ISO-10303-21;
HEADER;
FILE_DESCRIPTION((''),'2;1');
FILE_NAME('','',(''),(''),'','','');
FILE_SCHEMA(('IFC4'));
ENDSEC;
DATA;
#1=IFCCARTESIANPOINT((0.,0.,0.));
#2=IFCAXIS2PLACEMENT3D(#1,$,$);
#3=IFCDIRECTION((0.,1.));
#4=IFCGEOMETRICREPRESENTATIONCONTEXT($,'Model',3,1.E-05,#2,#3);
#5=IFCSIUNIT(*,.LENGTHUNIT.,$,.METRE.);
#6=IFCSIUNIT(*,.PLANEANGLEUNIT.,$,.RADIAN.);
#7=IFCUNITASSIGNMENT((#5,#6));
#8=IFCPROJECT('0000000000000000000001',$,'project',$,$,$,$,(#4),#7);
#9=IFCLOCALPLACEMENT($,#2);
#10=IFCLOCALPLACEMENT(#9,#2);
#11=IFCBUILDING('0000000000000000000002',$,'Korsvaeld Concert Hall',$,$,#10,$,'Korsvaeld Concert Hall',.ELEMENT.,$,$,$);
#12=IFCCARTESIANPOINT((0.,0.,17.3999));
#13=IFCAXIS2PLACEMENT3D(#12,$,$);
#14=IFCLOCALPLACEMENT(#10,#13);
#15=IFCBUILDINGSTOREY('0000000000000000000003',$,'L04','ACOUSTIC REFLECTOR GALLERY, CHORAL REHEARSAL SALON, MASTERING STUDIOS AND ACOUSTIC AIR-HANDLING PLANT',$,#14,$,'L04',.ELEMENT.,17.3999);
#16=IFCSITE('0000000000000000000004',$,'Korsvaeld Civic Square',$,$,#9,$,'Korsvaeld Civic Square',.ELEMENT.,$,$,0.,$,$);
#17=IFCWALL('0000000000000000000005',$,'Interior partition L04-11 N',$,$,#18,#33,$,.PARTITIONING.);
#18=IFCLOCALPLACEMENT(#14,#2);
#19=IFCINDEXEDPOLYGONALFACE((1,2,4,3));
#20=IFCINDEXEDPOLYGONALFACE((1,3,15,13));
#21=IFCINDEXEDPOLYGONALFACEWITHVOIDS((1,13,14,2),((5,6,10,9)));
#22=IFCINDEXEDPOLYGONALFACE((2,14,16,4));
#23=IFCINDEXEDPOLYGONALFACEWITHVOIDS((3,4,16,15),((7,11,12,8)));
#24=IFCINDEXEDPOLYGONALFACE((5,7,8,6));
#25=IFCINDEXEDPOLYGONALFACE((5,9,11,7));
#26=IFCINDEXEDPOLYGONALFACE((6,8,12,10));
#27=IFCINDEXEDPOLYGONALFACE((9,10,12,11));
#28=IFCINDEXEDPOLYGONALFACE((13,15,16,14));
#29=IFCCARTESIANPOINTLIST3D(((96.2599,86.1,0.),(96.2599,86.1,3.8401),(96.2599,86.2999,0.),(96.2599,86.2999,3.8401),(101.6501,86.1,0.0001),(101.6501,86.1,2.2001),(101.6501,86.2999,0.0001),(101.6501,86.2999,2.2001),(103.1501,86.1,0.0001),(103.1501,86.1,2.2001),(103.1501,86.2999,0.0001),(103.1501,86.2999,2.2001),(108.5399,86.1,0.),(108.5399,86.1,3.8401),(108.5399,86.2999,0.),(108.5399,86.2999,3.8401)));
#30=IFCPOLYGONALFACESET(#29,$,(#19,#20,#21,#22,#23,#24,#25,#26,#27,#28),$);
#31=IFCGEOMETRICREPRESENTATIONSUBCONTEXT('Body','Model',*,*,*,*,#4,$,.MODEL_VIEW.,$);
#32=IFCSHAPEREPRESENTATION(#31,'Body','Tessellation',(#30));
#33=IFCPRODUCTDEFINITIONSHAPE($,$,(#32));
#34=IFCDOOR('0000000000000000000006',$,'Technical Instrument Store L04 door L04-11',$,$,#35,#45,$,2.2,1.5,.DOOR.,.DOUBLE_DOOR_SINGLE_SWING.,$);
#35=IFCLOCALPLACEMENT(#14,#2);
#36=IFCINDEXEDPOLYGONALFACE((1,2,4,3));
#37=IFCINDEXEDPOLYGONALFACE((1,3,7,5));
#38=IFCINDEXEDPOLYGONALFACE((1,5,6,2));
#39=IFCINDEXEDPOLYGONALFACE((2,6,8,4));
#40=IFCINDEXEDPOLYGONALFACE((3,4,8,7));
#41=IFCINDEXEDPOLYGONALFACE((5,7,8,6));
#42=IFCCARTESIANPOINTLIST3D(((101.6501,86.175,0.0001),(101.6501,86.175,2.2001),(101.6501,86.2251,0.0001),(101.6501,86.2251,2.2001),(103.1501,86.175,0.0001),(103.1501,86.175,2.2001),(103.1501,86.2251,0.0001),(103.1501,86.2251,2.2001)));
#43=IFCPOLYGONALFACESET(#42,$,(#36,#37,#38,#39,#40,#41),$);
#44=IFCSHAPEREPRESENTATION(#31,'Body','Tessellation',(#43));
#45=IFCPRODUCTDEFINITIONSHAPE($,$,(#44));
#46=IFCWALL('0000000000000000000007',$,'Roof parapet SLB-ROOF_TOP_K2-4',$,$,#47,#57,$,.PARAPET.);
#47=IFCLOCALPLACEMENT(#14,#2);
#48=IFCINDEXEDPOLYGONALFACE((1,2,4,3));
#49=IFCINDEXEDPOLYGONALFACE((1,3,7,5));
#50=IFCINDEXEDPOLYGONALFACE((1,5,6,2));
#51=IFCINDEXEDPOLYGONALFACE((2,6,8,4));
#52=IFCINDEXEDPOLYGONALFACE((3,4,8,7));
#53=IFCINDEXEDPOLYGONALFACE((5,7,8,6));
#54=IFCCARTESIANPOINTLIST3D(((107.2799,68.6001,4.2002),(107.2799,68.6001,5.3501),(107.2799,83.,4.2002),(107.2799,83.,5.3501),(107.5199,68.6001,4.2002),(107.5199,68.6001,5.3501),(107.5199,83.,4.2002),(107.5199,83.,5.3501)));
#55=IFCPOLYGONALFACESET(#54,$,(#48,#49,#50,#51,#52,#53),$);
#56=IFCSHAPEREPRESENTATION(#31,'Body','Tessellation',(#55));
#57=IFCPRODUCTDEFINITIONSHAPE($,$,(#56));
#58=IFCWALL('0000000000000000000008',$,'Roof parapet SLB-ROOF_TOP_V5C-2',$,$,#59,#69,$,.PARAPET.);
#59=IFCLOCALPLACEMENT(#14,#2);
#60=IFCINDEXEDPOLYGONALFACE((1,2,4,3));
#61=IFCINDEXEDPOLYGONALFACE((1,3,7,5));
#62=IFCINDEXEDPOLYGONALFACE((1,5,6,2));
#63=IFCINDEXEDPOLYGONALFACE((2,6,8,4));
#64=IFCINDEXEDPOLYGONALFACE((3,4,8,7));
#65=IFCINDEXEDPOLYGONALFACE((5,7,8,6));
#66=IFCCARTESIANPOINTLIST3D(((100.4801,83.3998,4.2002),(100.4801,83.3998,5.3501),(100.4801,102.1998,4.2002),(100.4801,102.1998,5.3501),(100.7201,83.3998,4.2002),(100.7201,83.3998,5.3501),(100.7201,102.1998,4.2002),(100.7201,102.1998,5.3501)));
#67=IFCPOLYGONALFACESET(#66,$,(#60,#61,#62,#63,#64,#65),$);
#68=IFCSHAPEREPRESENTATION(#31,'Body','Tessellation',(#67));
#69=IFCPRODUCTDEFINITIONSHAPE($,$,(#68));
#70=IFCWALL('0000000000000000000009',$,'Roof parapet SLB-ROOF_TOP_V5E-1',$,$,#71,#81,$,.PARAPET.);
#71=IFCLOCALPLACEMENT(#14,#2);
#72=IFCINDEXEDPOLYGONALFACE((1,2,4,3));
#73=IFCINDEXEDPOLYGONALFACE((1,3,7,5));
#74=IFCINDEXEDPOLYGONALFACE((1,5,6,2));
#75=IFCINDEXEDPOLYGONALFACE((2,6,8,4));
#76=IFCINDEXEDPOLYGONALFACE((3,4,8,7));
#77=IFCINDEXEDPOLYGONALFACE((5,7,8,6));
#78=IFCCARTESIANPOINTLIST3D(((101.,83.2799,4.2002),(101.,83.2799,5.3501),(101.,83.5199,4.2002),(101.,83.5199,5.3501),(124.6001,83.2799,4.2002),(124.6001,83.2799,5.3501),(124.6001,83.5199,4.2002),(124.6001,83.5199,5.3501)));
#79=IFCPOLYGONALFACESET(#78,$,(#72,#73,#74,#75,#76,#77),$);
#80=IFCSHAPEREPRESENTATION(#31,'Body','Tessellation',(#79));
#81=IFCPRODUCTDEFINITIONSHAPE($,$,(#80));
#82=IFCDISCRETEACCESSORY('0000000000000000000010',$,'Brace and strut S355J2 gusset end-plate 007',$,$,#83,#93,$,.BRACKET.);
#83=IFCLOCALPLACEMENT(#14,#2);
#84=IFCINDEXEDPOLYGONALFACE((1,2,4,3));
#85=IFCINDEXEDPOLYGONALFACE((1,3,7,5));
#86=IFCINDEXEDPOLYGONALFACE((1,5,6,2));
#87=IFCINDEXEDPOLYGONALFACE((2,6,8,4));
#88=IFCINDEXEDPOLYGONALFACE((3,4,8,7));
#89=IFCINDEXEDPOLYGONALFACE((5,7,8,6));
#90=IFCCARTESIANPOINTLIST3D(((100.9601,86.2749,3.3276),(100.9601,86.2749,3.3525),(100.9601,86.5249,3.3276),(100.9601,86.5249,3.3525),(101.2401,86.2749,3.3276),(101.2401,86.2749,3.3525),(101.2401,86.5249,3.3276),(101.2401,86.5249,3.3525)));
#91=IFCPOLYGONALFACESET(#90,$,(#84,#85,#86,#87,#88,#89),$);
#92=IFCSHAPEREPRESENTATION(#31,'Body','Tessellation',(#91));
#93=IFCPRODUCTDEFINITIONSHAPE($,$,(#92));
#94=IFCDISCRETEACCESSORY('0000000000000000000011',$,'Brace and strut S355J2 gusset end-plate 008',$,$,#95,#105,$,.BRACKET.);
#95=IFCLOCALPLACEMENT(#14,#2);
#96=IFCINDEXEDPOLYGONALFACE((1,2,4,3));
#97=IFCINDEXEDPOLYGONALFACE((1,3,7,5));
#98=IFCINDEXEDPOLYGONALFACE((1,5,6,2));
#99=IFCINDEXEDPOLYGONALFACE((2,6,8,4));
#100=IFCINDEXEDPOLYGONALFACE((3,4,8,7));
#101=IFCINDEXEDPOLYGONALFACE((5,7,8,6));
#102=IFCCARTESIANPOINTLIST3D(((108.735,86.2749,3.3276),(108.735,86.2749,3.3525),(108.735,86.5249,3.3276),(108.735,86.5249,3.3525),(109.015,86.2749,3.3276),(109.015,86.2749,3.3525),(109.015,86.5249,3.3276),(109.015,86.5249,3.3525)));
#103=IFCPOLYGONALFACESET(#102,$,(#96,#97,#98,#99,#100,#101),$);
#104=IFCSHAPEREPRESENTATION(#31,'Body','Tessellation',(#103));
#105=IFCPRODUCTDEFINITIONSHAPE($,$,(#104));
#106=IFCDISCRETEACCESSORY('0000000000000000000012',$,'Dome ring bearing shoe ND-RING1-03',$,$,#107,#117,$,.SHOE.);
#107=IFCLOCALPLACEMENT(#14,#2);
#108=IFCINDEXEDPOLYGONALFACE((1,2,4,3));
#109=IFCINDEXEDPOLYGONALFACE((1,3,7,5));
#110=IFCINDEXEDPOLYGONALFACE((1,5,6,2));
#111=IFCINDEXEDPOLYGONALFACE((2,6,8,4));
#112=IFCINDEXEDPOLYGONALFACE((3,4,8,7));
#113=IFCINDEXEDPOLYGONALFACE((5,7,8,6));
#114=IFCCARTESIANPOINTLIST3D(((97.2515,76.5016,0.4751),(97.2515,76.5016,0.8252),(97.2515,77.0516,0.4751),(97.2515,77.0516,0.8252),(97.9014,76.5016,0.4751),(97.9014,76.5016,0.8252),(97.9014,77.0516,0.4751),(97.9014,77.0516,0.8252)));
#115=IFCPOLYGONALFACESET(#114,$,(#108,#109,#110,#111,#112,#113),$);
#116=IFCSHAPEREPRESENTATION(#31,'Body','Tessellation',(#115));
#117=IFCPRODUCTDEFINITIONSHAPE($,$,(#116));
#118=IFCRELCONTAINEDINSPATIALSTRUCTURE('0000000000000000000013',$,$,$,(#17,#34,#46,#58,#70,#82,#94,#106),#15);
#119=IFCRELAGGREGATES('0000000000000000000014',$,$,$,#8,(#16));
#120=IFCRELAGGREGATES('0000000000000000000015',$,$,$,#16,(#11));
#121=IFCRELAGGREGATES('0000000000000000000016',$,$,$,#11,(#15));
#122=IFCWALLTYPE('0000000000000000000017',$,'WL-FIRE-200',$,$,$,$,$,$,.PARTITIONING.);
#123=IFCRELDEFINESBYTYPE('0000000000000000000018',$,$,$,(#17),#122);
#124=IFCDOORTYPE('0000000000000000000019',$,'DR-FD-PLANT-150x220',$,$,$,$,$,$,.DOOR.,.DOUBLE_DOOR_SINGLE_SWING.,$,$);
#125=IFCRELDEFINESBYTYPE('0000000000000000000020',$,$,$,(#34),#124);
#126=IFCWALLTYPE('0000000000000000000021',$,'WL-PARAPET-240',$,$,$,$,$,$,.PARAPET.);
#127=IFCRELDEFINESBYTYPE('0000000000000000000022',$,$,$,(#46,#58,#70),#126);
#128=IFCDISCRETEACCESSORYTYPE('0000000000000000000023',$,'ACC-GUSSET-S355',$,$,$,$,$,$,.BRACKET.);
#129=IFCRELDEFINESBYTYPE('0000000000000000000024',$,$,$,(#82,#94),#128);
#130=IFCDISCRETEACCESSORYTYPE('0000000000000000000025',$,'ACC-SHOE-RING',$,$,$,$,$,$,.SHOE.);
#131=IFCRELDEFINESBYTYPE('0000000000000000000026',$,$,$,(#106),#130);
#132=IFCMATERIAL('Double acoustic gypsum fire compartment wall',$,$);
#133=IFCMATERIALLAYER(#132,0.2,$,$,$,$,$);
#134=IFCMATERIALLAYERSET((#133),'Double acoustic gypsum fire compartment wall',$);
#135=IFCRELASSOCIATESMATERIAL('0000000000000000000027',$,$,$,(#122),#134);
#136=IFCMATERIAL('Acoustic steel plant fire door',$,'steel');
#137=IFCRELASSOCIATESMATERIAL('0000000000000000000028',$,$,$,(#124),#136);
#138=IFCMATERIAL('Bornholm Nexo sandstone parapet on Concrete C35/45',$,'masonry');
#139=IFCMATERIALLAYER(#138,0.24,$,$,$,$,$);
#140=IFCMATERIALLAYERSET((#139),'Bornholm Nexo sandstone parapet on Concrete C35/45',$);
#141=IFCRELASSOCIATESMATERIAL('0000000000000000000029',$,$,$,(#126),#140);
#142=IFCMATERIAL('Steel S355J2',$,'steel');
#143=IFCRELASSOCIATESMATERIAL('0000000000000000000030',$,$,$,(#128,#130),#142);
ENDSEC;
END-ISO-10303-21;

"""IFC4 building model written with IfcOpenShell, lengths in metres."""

from ifc_helpers import new_model, si_unit, direction, frame, frame_2d, origin, origin_2d, place, context, subcontext, project, spatial, rectangle, extrude, material, layer, layer_set, type_object, element, fill, save


model = new_model("IFC4")

# Units and contexts
model_context = context("Model", 3, precision=1e-05, world=origin(), true_north=direction((0.0, 1.0)))
body_context = subcontext(model_context, "Body", "Model", "MODEL_VIEW")
ifc_project = project(units=[si_unit("LENGTHUNIT", "METRE"), si_unit("PLANEANGLEUNIT", "RADIAN")], contexts=[model_context])

# Site, building, storey
site_placement = place(None, origin())
site = spatial("IfcSite", under=ifc_project, at=site_placement, Name="Korsvaeld Civic Square", LongName="Korsvaeld Civic Square", CompositionType="ELEMENT", RefElevation=0.0)
building_placement = place(site_placement, origin())
building = spatial("IfcBuilding", under=site, at=building_placement, Name="Korsvaeld Concert Hall", LongName="Korsvaeld Concert Hall", CompositionType="ELEMENT")
storey_placement = place(building_placement, frame((0.0, 0.0, 17.3999)))
storey = spatial("IfcBuildingStorey", under=building, at=storey_placement, Name="L04", Description="ACOUSTIC REFLECTOR GALLERY, CHORAL REHEARSAL SALON, MASTERING STUDIOS AND ACOUSTIC AIR-HANDLING PLANT", LongName="L04", CompositionType="ELEMENT", Elevation=17.3999)

# Shared definitions
ifc_material_1 = material(Name="Steel S355J2", Category="steel")

# Wall, opening, door
ifc_material_2 = material(Name="Double acoustic gypsum fire compartment wall")
ifc_layer_1 = layer(ifc_material_2, 0.2)
ifc_layer_set_1 = layer_set([ifc_layer_1], Name="Double acoustic gypsum fire compartment wall")
wall_type_1 = type_object("IfcWallType", Name="WL-FIRE-200", PredefinedType="PARTITIONING", material=ifc_layer_set_1)
wall_1_placement = place(storey_placement, frame((108.54, 86.2, 0.0), z_axis=(0.0, 0.0, 1.0), x_axis=(-1.0, 0.0, 0.0)))
wall_1 = element("IfcWall", 1, at=wall_1_placement, inside=storey, type_object=wall_type_1, Name="Interior partition L04-11 N", PredefinedType="PARTITIONING", context=body_context, shape_type="SweptSolid", body=[
    extrude(rectangle(XDim=12.28, YDim=0.2, at=frame_2d((6.1401, 0.0))), origin(), (0.0, 0.0, 1.0), 3.8401),
])
opening_1_placement = place(wall_1_placement, frame((5.3899, 0.0, 0.0)))
opening_1 = element("IfcOpeningElement", 2, at=opening_1_placement, cuts=wall_1, PredefinedType="OPENING", context=body_context, shape_type="SweptSolid", body=[
    extrude(rectangle(XDim=1.5, YDim=2.2, at=frame_2d((0.75, 1.1001))), frame((0.0, 0.1099, 0.0), z_axis=(0.0, -1.0, 0.0), x_axis=(1.0, 0.0, 0.0)), (0.0, 0.0, 1.0), 0.22),
])
ifc_material_3 = material(Name="Acoustic steel plant fire door", Category="steel")
door_type = type_object("IfcDoorType", Name="DR-FD-PLANT-150x220", OperationType="DOUBLE_DOOR_SINGLE_SWING", PredefinedType="DOOR", material=ifc_material_3)
door_placement = place(opening_1_placement, origin())
door = element("IfcDoor", 3, at=door_placement, inside=storey, type_object=door_type, Name="Technical Instrument Store L04 door L04-11", OperationType="DOUBLE_DOOR_SINGLE_SWING", OverallHeight=2.2, OverallWidth=1.5, PredefinedType="DOOR", context=body_context, shape_type="SweptSolid", body=[
    extrude(rectangle(XDim=1.5, YDim=2.2, at=frame_2d((0.75, 1.1001))), frame((0.0, 0.0249, 0.0), z_axis=(0.0, -1.0, 0.0), x_axis=(1.0, 0.0, 0.0)), (0.0, 0.0, 1.0), 0.05),
])
fill(opening_1, door)

# Walls
ifc_material_4 = material(Name="Bornholm Nexo sandstone parapet on Concrete C35/45", Category="masonry")
ifc_layer_2 = layer(ifc_material_4, 0.24)
ifc_layer_set_2 = layer_set([ifc_layer_2], Name="Bornholm Nexo sandstone parapet on Concrete C35/45")
wall_type_2 = type_object("IfcWallType", Name="WL-PARAPET-240", PredefinedType="PARAPET", material=ifc_layer_set_2)
wall_2_placement = place(storey_placement, frame((107.3999, 83.0, 4.2002), z_axis=(0.0, 0.0, 1.0), x_axis=(0.0, -1.0, 0.0)))
element("IfcWall", 4, at=wall_2_placement, inside=storey, type_object=wall_type_2, Name="Roof parapet SLB-ROOF_TOP_K2-4", PredefinedType="PARAPET", context=body_context, shape_type="SweptSolid", body=[
    extrude(rectangle(XDim=14.3999, YDim=0.24, at=frame_2d((7.2, 0.0))), origin(), (0.0, 0.0, 1.0), 1.1499),
])
wall_3_placement = place(storey_placement, frame((100.6001, 83.3999, 4.2002), z_axis=(0.0, 0.0, 1.0), x_axis=(0.0, 1.0, 0.0)))
element("IfcWall", 5, at=wall_3_placement, inside=storey, type_object=wall_type_2, Name="Roof parapet SLB-ROOF_TOP_V5C-2", PredefinedType="PARAPET", context=body_context, shape_type="SweptSolid", body=[
    extrude(rectangle(XDim=18.8, YDim=0.24, at=frame_2d((9.3999, 0.0))), origin(), (0.0, 0.0, 1.0), 1.1499),
])
wall_4_placement = place(storey_placement, frame((101.0, 83.3999, 4.2002), z_axis=(0.0, 0.0, 1.0), x_axis=(1.0, 0.0, 0.0)))
element("IfcWall", 6, at=wall_4_placement, inside=storey, type_object=wall_type_2, Name="Roof parapet SLB-ROOF_TOP_V5E-1", PredefinedType="PARAPET", context=body_context, shape_type="SweptSolid", body=[
    extrude(rectangle(XDim=23.6001, YDim=0.24, at=frame_2d((11.8, 0.0))), origin(), (0.0, 0.0, 1.0), 1.1499),
])

# Discrete accessories
discrete_accessory_type_1 = type_object("IfcDiscreteAccessoryType", Name="ACC-GUSSET-S355", PredefinedType="BRACKET", material=ifc_material_1)
for number, where, z_axis, x_axis, name in (
    (7, (101.1001, 86.3999, 3.3276), (0.0, 0.0, 1.0), (1.0, 0.0, 0.0), "Brace and strut S355J2 gusset end-plate 007"),
    (8, (108.875, 86.3999, 3.3276), (0.0, 0.0, 1.0), (1.0, 0.0, 0.0), "Brace and strut S355J2 gusset end-plate 008"),
):
    element("IfcDiscreteAccessory", number, at=place(storey_placement, frame(where, z_axis=z_axis, x_axis=x_axis)), inside=storey, type_object=discrete_accessory_type_1, Name=name, PredefinedType="BRACKET", context=body_context, shape_type="SweptSolid", body=[
        extrude(rectangle(XDim=0.28, YDim=0.25, at=origin_2d()), origin(), (0.0, 0.0, 1.0), 0.0249),
    ])
discrete_accessory_type_2 = type_object("IfcDiscreteAccessoryType", Name="ACC-SHOE-RING", PredefinedType="SHOE", material=ifc_material_1)
discrete_accessory_placement = place(storey_placement, frame((97.5764, 76.7766, 0.4751), z_axis=(0.0, 0.0, 1.0), x_axis=(1.0, 0.0, 0.0)))
element("IfcDiscreteAccessory", 9, at=discrete_accessory_placement, inside=storey, type_object=discrete_accessory_type_2, Name="Dome ring bearing shoe ND-RING1-03", PredefinedType="SHOE", context=body_context, shape_type="SweptSolid", body=[
    extrude(rectangle(XDim=0.6499, YDim=0.55, at=origin_2d()), origin(), (0.0, 0.0, 1.0), 0.3501),
])

save(model, "model.ifc")
